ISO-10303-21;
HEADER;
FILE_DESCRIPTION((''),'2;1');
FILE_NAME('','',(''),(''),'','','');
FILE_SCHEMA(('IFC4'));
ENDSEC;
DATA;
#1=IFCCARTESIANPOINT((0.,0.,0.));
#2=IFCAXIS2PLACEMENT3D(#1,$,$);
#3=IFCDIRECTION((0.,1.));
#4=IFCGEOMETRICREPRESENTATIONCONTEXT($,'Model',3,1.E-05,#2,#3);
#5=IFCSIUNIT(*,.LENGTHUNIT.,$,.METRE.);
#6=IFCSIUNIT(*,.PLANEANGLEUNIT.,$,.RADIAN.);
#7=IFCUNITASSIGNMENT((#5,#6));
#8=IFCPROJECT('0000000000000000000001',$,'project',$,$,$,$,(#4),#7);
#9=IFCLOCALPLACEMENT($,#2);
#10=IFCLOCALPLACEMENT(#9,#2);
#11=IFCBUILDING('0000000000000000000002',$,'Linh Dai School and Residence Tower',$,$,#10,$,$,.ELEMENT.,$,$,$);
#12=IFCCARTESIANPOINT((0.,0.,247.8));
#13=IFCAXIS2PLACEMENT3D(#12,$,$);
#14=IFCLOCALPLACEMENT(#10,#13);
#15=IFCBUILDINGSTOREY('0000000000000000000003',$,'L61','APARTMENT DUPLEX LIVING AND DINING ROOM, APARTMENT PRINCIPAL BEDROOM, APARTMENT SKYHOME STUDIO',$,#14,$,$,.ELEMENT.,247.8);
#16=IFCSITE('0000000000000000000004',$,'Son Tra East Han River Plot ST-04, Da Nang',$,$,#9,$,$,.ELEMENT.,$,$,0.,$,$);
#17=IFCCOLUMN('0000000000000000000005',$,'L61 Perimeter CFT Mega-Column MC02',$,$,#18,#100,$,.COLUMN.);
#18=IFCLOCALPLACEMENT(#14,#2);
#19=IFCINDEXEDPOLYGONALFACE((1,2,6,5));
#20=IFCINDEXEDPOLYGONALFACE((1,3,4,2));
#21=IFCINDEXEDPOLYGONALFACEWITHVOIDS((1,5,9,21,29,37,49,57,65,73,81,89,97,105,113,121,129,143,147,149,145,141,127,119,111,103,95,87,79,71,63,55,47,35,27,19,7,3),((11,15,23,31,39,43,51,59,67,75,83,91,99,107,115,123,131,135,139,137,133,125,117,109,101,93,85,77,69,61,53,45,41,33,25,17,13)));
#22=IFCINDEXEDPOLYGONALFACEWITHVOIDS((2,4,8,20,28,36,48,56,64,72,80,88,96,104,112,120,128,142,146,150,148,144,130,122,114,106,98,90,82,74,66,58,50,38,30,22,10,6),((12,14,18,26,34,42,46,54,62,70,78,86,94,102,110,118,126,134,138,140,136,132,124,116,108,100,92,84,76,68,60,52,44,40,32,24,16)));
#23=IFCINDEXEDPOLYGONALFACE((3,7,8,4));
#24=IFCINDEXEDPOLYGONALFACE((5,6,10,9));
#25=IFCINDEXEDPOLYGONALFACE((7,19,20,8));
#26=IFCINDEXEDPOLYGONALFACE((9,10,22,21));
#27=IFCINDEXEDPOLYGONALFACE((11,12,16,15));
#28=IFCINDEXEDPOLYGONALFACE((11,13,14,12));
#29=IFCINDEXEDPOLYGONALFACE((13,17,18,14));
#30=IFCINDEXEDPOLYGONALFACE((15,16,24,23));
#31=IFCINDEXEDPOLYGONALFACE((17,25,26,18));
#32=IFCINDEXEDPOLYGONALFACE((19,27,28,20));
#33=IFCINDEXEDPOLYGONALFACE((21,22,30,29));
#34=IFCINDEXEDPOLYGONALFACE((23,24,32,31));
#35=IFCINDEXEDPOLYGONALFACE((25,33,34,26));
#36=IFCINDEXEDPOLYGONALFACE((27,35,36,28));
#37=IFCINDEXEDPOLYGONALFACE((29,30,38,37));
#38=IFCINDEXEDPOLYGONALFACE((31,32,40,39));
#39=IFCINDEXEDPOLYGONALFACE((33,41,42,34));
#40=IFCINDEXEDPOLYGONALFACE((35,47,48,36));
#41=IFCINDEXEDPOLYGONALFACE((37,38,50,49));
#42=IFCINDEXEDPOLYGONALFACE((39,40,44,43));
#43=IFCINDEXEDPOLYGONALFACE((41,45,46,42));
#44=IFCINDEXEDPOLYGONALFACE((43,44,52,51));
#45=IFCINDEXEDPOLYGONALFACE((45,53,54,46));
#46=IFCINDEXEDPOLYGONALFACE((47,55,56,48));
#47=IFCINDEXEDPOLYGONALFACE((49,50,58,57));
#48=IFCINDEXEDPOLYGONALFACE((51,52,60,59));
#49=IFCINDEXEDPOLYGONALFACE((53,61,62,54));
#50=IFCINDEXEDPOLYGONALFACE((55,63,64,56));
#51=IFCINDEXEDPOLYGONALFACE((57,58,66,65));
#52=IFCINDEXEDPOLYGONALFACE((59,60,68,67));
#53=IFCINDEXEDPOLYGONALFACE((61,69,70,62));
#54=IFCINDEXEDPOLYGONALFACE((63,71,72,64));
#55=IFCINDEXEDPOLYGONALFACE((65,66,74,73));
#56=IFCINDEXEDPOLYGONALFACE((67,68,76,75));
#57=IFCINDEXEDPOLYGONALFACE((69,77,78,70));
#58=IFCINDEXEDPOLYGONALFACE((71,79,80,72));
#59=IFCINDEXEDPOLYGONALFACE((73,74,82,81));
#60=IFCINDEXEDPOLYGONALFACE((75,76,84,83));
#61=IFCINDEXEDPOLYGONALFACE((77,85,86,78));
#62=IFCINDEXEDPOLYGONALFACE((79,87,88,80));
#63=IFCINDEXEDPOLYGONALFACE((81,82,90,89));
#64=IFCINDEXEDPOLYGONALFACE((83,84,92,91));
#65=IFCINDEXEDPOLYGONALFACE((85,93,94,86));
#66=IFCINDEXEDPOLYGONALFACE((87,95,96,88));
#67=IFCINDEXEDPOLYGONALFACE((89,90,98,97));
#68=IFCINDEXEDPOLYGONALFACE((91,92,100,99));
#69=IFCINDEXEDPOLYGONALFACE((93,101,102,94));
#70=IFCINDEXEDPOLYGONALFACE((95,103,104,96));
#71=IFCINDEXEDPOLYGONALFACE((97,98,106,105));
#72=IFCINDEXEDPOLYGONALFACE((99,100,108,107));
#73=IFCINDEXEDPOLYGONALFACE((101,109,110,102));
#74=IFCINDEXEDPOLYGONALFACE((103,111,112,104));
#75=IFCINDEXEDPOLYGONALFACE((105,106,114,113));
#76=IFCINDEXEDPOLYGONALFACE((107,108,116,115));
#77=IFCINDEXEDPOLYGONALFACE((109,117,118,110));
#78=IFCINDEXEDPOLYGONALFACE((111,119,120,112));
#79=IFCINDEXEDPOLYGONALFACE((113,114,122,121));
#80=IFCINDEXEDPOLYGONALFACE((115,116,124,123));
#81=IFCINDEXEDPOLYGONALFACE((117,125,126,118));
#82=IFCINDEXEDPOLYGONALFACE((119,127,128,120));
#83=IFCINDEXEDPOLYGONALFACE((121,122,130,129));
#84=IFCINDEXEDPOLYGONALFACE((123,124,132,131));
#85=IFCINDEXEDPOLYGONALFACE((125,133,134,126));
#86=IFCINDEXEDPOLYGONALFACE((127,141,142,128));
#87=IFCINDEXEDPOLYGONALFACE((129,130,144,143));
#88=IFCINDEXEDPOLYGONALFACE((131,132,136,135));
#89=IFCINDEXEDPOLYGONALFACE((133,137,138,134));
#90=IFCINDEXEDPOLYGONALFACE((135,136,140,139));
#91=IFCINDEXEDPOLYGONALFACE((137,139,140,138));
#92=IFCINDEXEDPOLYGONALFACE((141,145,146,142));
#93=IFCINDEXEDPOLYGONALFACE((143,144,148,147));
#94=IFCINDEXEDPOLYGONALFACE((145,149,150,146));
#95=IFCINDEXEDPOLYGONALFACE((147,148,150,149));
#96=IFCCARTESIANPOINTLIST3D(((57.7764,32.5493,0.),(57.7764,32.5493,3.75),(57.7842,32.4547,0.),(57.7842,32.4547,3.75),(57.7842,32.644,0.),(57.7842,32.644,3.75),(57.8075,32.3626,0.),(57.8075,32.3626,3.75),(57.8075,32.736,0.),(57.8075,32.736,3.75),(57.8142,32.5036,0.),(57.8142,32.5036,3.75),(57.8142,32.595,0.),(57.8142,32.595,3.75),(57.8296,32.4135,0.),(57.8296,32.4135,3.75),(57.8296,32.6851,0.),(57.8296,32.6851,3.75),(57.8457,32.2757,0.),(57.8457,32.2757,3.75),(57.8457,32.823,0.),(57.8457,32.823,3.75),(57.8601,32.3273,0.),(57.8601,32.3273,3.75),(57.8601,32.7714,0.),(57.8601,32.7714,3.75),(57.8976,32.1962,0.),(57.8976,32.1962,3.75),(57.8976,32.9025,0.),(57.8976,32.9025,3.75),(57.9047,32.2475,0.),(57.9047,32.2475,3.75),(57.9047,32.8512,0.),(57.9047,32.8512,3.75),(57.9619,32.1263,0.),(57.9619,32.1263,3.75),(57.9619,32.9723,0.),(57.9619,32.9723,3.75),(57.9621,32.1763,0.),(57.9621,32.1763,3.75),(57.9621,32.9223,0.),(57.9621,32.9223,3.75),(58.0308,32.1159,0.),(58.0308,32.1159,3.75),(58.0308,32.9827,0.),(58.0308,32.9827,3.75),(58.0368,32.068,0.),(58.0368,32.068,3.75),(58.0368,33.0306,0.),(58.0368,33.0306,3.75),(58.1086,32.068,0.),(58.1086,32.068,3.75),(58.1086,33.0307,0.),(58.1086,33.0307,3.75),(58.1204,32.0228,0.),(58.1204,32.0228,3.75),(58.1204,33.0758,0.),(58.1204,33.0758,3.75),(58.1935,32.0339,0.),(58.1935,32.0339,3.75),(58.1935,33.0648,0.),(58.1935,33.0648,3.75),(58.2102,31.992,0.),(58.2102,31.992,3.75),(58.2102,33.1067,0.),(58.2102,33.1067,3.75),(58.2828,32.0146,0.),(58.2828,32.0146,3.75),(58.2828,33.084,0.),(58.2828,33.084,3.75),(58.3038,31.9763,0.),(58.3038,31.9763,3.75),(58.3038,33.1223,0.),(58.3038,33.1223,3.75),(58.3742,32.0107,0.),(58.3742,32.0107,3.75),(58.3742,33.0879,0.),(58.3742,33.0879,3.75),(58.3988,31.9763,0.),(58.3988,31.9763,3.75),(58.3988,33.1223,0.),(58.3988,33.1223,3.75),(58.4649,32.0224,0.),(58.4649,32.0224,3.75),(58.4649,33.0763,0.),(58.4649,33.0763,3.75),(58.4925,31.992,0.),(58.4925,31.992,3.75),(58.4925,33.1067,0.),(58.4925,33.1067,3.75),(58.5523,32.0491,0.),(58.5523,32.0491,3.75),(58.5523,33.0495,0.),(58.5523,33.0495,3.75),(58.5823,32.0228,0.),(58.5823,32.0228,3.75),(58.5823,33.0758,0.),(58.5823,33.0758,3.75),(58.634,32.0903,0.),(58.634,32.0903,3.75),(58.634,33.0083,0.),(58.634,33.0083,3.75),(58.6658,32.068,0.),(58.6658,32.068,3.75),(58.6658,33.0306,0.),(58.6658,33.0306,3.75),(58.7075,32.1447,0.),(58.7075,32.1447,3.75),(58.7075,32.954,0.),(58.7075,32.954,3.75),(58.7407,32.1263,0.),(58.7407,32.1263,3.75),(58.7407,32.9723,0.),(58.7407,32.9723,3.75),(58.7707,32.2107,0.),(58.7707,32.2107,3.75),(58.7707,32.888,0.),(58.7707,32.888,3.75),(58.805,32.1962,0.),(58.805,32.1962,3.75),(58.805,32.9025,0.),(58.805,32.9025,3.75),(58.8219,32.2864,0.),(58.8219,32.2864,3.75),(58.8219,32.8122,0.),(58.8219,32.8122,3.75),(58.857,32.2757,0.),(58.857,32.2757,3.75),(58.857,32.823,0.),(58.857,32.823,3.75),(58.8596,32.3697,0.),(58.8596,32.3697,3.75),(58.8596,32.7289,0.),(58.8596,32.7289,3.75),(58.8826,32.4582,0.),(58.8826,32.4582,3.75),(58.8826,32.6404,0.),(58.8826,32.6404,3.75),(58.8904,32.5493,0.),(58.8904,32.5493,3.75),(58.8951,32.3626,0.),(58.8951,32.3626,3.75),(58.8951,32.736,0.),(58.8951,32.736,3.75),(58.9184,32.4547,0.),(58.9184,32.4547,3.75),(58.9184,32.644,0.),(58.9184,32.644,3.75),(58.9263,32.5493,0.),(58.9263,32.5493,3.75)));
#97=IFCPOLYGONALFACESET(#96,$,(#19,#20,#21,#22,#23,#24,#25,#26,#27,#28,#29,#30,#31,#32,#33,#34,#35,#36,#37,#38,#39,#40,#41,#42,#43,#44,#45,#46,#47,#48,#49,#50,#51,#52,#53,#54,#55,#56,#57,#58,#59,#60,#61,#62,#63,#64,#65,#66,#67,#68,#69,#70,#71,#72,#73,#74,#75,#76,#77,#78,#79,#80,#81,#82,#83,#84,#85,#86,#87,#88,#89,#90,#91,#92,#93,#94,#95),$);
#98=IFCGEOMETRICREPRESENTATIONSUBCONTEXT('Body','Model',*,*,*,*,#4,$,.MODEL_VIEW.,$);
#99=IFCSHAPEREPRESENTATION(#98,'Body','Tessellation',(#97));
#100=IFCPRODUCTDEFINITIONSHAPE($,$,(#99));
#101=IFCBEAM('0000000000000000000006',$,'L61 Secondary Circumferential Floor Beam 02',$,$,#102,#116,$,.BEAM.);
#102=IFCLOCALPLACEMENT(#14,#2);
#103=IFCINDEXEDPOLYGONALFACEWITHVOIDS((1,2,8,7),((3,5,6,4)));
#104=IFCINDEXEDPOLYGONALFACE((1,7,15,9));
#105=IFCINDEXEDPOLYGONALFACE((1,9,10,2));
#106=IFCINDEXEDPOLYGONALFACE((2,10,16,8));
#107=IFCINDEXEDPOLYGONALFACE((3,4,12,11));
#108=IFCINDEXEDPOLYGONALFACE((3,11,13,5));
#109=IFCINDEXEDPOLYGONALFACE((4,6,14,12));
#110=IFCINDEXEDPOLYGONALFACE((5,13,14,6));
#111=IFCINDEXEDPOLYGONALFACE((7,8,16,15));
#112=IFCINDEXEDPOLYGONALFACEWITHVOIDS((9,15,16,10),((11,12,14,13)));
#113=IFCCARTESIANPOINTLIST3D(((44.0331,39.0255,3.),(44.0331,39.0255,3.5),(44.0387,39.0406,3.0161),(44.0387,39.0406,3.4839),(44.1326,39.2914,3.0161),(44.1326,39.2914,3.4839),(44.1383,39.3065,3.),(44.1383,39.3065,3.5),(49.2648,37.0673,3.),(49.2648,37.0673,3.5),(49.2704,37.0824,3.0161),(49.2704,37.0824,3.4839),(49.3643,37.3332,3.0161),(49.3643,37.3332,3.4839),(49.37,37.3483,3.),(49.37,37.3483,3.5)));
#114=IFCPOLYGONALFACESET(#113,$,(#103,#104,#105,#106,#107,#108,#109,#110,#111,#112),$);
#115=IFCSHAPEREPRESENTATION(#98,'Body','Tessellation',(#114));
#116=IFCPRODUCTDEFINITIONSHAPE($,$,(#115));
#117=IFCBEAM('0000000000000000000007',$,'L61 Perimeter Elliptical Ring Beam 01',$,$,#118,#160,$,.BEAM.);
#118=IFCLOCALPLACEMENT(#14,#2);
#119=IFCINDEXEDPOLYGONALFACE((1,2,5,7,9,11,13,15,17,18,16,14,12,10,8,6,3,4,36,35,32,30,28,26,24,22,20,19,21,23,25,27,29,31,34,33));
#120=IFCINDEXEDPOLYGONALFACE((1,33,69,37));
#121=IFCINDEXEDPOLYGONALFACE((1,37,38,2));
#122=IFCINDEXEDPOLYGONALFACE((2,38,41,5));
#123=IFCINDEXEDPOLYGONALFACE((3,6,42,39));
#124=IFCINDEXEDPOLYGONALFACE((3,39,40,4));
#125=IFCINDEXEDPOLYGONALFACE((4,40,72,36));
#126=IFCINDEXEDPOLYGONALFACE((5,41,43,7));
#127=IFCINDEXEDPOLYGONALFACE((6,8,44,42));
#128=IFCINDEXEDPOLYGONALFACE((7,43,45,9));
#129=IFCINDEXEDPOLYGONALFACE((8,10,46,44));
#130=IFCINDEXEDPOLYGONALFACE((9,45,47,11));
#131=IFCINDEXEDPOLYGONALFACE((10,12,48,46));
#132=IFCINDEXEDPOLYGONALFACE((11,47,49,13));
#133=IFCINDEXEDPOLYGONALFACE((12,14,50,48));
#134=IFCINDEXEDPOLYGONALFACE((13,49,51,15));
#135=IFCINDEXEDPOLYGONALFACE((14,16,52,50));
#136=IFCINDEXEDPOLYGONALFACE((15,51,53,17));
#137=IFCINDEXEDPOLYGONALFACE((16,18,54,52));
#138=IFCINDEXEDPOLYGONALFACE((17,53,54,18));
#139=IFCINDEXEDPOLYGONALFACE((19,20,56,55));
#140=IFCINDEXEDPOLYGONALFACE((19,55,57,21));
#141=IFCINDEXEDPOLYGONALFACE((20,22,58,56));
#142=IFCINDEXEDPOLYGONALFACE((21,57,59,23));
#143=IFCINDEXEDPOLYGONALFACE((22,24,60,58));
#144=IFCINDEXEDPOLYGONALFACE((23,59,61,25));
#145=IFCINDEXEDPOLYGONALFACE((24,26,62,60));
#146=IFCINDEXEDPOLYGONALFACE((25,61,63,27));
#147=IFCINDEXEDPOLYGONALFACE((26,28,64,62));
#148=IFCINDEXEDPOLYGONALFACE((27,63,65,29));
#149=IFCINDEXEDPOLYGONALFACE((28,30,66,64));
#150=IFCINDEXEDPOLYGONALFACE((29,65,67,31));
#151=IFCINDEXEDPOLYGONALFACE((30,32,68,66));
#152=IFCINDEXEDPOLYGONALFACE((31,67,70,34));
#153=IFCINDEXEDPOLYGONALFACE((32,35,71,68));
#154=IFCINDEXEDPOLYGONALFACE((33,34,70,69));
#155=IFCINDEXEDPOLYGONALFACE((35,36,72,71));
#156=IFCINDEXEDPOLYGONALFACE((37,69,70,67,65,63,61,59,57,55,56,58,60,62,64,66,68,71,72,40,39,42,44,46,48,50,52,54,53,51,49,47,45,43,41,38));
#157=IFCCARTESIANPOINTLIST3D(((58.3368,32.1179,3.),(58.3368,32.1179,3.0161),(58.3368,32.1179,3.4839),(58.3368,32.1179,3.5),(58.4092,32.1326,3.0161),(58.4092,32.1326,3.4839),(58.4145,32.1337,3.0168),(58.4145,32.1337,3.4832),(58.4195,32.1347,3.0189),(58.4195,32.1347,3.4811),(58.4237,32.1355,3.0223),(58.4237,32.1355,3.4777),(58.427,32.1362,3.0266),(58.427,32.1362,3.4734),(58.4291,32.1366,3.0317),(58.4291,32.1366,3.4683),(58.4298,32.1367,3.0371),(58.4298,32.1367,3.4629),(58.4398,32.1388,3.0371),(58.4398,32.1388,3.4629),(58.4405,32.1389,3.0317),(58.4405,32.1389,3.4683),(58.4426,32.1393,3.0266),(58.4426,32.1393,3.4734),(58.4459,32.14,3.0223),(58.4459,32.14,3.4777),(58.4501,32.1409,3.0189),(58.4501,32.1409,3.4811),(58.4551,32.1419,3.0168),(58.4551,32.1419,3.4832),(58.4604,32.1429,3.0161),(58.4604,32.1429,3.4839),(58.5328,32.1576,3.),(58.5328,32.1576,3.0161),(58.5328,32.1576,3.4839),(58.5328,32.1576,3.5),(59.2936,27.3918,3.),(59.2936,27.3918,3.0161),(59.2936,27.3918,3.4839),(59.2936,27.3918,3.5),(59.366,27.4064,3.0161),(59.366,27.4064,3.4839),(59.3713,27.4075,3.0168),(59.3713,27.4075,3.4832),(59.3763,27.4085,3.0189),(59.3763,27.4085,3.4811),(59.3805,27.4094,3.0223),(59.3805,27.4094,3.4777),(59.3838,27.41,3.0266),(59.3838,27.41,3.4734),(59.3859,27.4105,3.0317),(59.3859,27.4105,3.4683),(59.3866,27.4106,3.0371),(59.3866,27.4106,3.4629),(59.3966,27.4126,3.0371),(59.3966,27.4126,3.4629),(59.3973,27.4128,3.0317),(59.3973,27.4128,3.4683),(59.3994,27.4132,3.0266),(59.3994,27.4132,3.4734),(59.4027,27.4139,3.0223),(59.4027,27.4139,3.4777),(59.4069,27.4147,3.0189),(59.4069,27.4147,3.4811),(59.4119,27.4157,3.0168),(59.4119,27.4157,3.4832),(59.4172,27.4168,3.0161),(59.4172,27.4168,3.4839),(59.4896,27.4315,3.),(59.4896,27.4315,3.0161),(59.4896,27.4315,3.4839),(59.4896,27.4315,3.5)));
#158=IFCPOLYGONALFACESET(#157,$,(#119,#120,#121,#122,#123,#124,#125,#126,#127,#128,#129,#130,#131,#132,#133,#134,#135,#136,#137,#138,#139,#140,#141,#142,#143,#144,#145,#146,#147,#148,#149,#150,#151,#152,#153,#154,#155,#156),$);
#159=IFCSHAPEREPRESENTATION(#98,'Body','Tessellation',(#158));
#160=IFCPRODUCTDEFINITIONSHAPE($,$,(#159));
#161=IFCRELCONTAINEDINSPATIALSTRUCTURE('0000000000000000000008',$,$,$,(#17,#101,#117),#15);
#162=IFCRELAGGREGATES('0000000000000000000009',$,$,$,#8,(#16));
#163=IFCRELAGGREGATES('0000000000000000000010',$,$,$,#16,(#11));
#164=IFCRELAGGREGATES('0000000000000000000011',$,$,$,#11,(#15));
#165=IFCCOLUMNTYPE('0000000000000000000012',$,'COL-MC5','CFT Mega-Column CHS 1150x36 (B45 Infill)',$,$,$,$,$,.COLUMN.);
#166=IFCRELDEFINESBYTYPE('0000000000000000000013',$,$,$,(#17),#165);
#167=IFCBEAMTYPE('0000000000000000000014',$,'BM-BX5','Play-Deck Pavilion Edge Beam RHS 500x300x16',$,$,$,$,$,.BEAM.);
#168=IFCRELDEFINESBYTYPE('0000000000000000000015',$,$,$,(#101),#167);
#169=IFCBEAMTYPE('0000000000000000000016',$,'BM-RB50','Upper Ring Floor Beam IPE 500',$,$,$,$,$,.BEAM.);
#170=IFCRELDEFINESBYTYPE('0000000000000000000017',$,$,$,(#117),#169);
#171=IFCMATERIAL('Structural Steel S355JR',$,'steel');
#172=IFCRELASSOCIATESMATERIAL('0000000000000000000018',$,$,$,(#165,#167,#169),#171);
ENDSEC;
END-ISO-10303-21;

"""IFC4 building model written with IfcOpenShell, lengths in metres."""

from ifc_helpers import new_model, si_unit, direction, frame, origin, origin_2d, place, context, subcontext, project, spatial, hollow_rectangle, hollow_circle, i_section, extrude, material, material_profile, profile_set, type_object, element, save


model = new_model("IFC4")

# Units and contexts
model_context = context("Model", 3, precision=1e-05, world=origin(), true_north=direction((0.0, 1.0)))
body_context = subcontext(model_context, "Body", "Model", "MODEL_VIEW")
ifc_project = project(units=[si_unit("LENGTHUNIT", "METRE"), si_unit("PLANEANGLEUNIT", "RADIAN")], contexts=[model_context])

# Site, building, storey
site_placement = place(None, origin())
site = spatial("IfcSite", under=ifc_project, at=site_placement, Name="Son Tra East Han River Plot ST-04, Da Nang", CompositionType="ELEMENT", RefElevation=0.0)
building_placement = place(site_placement, origin())
building = spatial("IfcBuilding", under=site, at=building_placement, Name="Linh Dai School and Residence Tower", CompositionType="ELEMENT")
storey_placement = place(building_placement, frame((0.0, 0.0, 247.8)))
storey = spatial("IfcBuildingStorey", under=building, at=storey_placement, Name="L61", Description="APARTMENT DUPLEX LIVING AND DINING ROOM, APARTMENT PRINCIPAL BEDROOM, APARTMENT SKYHOME STUDIO", CompositionType="ELEMENT", Elevation=247.8)

# Column
ifc_material_1 = material(Name="Structural Steel S355JR", Category="steel")
ifc_material_profile_1 = material_profile(ifc_material_1, hollow_circle(Radius=0.575, WallThickness=0.0359, at=origin_2d()), Name="CHS 1150x36")
ifc_profile_set_1 = profile_set([ifc_material_profile_1], Name="Structural Steel S355JR")
column_type = type_object("IfcColumnType", Name="COL-MC5", Description="CFT Mega-Column CHS 1150x36 (B45 Infill)", PredefinedType="COLUMN", material=ifc_profile_set_1)
column_placement = place(storey_placement, frame((58.3513, 32.5493, 0.0), z_axis=(0.0, 0.0, 1.0), x_axis=(1.0, 0.0, 0.0)))
element("IfcColumn", 1, at=column_placement, inside=storey, type_object=column_type, Name="L61 Perimeter CFT Mega-Column MC02", PredefinedType="COLUMN", context=body_context, shape_type="SweptSolid", body=[
    extrude(hollow_circle(Radius=0.575, WallThickness=0.0359, at=origin_2d()), origin(), (0.0, 0.0, 1.0), 3.75),
])

# Beams
ifc_material_profile_2 = material_profile(ifc_material_1, hollow_rectangle(XDim=0.3, YDim=0.5, WallThickness=0.0161, at=origin_2d()), Name="RHS 500x300x16")
ifc_profile_set_2 = profile_set([ifc_material_profile_2], Name="Structural Steel S355JR")
beam_type_1 = type_object("IfcBeamType", Name="BM-BX5", Description="Play-Deck Pavilion Edge Beam RHS 500x300x16", PredefinedType="BEAM", material=ifc_profile_set_2)
beam_1_placement = place(storey_placement, frame((49.3174, 37.2078, 3.25), z_axis=(-0.936543, 0.350553, 0.0), x_axis=(-0.350553, -0.936543, 0.0)))
element("IfcBeam", 2, at=beam_1_placement, inside=storey, type_object=beam_type_1, Name="L61 Secondary Circumferential Floor Beam 02", PredefinedType="BEAM", context=body_context, shape_type="SweptSolid", body=[
    extrude(hollow_rectangle(XDim=0.3, YDim=0.5, WallThickness=0.0161, at=origin_2d()), origin(), (0.0, 0.0, 1.0), 5.5862),
])
ifc_material_profile_3 = material_profile(ifc_material_1, i_section(OverallWidth=0.2, OverallDepth=0.5, WebThickness=0.0103, FlangeThickness=0.0161, FilletRadius=0.021, at=origin_2d()), Name="IPE 500")
ifc_profile_set_3 = profile_set([ifc_material_profile_3], Name="Structural Steel S355JR")
beam_type_2 = type_object("IfcBeamType", Name="BM-RB50", Description="Upper Ring Floor Beam IPE 500", PredefinedType="BEAM", material=ifc_profile_set_3)
beam_2_placement = place(storey_placement, frame((59.3916, 27.4116, 3.25), z_axis=(-0.198423, 0.980116, 0.0), x_axis=(-0.980116, -0.198423, 0.0)))
element("IfcBeam", 3, at=beam_2_placement, inside=storey, type_object=beam_type_2, Name="L61 Perimeter Elliptical Ring Beam 01", PredefinedType="BEAM", context=body_context, shape_type="SweptSolid", body=[
    extrude(i_section(OverallWidth=0.2, OverallDepth=0.5, WebThickness=0.0103, FlangeThickness=0.0161, FilletRadius=0.021, at=origin_2d()), origin(), (0.0, 0.0, 1.0), 4.822),
])

save(model, "model.ifc")
